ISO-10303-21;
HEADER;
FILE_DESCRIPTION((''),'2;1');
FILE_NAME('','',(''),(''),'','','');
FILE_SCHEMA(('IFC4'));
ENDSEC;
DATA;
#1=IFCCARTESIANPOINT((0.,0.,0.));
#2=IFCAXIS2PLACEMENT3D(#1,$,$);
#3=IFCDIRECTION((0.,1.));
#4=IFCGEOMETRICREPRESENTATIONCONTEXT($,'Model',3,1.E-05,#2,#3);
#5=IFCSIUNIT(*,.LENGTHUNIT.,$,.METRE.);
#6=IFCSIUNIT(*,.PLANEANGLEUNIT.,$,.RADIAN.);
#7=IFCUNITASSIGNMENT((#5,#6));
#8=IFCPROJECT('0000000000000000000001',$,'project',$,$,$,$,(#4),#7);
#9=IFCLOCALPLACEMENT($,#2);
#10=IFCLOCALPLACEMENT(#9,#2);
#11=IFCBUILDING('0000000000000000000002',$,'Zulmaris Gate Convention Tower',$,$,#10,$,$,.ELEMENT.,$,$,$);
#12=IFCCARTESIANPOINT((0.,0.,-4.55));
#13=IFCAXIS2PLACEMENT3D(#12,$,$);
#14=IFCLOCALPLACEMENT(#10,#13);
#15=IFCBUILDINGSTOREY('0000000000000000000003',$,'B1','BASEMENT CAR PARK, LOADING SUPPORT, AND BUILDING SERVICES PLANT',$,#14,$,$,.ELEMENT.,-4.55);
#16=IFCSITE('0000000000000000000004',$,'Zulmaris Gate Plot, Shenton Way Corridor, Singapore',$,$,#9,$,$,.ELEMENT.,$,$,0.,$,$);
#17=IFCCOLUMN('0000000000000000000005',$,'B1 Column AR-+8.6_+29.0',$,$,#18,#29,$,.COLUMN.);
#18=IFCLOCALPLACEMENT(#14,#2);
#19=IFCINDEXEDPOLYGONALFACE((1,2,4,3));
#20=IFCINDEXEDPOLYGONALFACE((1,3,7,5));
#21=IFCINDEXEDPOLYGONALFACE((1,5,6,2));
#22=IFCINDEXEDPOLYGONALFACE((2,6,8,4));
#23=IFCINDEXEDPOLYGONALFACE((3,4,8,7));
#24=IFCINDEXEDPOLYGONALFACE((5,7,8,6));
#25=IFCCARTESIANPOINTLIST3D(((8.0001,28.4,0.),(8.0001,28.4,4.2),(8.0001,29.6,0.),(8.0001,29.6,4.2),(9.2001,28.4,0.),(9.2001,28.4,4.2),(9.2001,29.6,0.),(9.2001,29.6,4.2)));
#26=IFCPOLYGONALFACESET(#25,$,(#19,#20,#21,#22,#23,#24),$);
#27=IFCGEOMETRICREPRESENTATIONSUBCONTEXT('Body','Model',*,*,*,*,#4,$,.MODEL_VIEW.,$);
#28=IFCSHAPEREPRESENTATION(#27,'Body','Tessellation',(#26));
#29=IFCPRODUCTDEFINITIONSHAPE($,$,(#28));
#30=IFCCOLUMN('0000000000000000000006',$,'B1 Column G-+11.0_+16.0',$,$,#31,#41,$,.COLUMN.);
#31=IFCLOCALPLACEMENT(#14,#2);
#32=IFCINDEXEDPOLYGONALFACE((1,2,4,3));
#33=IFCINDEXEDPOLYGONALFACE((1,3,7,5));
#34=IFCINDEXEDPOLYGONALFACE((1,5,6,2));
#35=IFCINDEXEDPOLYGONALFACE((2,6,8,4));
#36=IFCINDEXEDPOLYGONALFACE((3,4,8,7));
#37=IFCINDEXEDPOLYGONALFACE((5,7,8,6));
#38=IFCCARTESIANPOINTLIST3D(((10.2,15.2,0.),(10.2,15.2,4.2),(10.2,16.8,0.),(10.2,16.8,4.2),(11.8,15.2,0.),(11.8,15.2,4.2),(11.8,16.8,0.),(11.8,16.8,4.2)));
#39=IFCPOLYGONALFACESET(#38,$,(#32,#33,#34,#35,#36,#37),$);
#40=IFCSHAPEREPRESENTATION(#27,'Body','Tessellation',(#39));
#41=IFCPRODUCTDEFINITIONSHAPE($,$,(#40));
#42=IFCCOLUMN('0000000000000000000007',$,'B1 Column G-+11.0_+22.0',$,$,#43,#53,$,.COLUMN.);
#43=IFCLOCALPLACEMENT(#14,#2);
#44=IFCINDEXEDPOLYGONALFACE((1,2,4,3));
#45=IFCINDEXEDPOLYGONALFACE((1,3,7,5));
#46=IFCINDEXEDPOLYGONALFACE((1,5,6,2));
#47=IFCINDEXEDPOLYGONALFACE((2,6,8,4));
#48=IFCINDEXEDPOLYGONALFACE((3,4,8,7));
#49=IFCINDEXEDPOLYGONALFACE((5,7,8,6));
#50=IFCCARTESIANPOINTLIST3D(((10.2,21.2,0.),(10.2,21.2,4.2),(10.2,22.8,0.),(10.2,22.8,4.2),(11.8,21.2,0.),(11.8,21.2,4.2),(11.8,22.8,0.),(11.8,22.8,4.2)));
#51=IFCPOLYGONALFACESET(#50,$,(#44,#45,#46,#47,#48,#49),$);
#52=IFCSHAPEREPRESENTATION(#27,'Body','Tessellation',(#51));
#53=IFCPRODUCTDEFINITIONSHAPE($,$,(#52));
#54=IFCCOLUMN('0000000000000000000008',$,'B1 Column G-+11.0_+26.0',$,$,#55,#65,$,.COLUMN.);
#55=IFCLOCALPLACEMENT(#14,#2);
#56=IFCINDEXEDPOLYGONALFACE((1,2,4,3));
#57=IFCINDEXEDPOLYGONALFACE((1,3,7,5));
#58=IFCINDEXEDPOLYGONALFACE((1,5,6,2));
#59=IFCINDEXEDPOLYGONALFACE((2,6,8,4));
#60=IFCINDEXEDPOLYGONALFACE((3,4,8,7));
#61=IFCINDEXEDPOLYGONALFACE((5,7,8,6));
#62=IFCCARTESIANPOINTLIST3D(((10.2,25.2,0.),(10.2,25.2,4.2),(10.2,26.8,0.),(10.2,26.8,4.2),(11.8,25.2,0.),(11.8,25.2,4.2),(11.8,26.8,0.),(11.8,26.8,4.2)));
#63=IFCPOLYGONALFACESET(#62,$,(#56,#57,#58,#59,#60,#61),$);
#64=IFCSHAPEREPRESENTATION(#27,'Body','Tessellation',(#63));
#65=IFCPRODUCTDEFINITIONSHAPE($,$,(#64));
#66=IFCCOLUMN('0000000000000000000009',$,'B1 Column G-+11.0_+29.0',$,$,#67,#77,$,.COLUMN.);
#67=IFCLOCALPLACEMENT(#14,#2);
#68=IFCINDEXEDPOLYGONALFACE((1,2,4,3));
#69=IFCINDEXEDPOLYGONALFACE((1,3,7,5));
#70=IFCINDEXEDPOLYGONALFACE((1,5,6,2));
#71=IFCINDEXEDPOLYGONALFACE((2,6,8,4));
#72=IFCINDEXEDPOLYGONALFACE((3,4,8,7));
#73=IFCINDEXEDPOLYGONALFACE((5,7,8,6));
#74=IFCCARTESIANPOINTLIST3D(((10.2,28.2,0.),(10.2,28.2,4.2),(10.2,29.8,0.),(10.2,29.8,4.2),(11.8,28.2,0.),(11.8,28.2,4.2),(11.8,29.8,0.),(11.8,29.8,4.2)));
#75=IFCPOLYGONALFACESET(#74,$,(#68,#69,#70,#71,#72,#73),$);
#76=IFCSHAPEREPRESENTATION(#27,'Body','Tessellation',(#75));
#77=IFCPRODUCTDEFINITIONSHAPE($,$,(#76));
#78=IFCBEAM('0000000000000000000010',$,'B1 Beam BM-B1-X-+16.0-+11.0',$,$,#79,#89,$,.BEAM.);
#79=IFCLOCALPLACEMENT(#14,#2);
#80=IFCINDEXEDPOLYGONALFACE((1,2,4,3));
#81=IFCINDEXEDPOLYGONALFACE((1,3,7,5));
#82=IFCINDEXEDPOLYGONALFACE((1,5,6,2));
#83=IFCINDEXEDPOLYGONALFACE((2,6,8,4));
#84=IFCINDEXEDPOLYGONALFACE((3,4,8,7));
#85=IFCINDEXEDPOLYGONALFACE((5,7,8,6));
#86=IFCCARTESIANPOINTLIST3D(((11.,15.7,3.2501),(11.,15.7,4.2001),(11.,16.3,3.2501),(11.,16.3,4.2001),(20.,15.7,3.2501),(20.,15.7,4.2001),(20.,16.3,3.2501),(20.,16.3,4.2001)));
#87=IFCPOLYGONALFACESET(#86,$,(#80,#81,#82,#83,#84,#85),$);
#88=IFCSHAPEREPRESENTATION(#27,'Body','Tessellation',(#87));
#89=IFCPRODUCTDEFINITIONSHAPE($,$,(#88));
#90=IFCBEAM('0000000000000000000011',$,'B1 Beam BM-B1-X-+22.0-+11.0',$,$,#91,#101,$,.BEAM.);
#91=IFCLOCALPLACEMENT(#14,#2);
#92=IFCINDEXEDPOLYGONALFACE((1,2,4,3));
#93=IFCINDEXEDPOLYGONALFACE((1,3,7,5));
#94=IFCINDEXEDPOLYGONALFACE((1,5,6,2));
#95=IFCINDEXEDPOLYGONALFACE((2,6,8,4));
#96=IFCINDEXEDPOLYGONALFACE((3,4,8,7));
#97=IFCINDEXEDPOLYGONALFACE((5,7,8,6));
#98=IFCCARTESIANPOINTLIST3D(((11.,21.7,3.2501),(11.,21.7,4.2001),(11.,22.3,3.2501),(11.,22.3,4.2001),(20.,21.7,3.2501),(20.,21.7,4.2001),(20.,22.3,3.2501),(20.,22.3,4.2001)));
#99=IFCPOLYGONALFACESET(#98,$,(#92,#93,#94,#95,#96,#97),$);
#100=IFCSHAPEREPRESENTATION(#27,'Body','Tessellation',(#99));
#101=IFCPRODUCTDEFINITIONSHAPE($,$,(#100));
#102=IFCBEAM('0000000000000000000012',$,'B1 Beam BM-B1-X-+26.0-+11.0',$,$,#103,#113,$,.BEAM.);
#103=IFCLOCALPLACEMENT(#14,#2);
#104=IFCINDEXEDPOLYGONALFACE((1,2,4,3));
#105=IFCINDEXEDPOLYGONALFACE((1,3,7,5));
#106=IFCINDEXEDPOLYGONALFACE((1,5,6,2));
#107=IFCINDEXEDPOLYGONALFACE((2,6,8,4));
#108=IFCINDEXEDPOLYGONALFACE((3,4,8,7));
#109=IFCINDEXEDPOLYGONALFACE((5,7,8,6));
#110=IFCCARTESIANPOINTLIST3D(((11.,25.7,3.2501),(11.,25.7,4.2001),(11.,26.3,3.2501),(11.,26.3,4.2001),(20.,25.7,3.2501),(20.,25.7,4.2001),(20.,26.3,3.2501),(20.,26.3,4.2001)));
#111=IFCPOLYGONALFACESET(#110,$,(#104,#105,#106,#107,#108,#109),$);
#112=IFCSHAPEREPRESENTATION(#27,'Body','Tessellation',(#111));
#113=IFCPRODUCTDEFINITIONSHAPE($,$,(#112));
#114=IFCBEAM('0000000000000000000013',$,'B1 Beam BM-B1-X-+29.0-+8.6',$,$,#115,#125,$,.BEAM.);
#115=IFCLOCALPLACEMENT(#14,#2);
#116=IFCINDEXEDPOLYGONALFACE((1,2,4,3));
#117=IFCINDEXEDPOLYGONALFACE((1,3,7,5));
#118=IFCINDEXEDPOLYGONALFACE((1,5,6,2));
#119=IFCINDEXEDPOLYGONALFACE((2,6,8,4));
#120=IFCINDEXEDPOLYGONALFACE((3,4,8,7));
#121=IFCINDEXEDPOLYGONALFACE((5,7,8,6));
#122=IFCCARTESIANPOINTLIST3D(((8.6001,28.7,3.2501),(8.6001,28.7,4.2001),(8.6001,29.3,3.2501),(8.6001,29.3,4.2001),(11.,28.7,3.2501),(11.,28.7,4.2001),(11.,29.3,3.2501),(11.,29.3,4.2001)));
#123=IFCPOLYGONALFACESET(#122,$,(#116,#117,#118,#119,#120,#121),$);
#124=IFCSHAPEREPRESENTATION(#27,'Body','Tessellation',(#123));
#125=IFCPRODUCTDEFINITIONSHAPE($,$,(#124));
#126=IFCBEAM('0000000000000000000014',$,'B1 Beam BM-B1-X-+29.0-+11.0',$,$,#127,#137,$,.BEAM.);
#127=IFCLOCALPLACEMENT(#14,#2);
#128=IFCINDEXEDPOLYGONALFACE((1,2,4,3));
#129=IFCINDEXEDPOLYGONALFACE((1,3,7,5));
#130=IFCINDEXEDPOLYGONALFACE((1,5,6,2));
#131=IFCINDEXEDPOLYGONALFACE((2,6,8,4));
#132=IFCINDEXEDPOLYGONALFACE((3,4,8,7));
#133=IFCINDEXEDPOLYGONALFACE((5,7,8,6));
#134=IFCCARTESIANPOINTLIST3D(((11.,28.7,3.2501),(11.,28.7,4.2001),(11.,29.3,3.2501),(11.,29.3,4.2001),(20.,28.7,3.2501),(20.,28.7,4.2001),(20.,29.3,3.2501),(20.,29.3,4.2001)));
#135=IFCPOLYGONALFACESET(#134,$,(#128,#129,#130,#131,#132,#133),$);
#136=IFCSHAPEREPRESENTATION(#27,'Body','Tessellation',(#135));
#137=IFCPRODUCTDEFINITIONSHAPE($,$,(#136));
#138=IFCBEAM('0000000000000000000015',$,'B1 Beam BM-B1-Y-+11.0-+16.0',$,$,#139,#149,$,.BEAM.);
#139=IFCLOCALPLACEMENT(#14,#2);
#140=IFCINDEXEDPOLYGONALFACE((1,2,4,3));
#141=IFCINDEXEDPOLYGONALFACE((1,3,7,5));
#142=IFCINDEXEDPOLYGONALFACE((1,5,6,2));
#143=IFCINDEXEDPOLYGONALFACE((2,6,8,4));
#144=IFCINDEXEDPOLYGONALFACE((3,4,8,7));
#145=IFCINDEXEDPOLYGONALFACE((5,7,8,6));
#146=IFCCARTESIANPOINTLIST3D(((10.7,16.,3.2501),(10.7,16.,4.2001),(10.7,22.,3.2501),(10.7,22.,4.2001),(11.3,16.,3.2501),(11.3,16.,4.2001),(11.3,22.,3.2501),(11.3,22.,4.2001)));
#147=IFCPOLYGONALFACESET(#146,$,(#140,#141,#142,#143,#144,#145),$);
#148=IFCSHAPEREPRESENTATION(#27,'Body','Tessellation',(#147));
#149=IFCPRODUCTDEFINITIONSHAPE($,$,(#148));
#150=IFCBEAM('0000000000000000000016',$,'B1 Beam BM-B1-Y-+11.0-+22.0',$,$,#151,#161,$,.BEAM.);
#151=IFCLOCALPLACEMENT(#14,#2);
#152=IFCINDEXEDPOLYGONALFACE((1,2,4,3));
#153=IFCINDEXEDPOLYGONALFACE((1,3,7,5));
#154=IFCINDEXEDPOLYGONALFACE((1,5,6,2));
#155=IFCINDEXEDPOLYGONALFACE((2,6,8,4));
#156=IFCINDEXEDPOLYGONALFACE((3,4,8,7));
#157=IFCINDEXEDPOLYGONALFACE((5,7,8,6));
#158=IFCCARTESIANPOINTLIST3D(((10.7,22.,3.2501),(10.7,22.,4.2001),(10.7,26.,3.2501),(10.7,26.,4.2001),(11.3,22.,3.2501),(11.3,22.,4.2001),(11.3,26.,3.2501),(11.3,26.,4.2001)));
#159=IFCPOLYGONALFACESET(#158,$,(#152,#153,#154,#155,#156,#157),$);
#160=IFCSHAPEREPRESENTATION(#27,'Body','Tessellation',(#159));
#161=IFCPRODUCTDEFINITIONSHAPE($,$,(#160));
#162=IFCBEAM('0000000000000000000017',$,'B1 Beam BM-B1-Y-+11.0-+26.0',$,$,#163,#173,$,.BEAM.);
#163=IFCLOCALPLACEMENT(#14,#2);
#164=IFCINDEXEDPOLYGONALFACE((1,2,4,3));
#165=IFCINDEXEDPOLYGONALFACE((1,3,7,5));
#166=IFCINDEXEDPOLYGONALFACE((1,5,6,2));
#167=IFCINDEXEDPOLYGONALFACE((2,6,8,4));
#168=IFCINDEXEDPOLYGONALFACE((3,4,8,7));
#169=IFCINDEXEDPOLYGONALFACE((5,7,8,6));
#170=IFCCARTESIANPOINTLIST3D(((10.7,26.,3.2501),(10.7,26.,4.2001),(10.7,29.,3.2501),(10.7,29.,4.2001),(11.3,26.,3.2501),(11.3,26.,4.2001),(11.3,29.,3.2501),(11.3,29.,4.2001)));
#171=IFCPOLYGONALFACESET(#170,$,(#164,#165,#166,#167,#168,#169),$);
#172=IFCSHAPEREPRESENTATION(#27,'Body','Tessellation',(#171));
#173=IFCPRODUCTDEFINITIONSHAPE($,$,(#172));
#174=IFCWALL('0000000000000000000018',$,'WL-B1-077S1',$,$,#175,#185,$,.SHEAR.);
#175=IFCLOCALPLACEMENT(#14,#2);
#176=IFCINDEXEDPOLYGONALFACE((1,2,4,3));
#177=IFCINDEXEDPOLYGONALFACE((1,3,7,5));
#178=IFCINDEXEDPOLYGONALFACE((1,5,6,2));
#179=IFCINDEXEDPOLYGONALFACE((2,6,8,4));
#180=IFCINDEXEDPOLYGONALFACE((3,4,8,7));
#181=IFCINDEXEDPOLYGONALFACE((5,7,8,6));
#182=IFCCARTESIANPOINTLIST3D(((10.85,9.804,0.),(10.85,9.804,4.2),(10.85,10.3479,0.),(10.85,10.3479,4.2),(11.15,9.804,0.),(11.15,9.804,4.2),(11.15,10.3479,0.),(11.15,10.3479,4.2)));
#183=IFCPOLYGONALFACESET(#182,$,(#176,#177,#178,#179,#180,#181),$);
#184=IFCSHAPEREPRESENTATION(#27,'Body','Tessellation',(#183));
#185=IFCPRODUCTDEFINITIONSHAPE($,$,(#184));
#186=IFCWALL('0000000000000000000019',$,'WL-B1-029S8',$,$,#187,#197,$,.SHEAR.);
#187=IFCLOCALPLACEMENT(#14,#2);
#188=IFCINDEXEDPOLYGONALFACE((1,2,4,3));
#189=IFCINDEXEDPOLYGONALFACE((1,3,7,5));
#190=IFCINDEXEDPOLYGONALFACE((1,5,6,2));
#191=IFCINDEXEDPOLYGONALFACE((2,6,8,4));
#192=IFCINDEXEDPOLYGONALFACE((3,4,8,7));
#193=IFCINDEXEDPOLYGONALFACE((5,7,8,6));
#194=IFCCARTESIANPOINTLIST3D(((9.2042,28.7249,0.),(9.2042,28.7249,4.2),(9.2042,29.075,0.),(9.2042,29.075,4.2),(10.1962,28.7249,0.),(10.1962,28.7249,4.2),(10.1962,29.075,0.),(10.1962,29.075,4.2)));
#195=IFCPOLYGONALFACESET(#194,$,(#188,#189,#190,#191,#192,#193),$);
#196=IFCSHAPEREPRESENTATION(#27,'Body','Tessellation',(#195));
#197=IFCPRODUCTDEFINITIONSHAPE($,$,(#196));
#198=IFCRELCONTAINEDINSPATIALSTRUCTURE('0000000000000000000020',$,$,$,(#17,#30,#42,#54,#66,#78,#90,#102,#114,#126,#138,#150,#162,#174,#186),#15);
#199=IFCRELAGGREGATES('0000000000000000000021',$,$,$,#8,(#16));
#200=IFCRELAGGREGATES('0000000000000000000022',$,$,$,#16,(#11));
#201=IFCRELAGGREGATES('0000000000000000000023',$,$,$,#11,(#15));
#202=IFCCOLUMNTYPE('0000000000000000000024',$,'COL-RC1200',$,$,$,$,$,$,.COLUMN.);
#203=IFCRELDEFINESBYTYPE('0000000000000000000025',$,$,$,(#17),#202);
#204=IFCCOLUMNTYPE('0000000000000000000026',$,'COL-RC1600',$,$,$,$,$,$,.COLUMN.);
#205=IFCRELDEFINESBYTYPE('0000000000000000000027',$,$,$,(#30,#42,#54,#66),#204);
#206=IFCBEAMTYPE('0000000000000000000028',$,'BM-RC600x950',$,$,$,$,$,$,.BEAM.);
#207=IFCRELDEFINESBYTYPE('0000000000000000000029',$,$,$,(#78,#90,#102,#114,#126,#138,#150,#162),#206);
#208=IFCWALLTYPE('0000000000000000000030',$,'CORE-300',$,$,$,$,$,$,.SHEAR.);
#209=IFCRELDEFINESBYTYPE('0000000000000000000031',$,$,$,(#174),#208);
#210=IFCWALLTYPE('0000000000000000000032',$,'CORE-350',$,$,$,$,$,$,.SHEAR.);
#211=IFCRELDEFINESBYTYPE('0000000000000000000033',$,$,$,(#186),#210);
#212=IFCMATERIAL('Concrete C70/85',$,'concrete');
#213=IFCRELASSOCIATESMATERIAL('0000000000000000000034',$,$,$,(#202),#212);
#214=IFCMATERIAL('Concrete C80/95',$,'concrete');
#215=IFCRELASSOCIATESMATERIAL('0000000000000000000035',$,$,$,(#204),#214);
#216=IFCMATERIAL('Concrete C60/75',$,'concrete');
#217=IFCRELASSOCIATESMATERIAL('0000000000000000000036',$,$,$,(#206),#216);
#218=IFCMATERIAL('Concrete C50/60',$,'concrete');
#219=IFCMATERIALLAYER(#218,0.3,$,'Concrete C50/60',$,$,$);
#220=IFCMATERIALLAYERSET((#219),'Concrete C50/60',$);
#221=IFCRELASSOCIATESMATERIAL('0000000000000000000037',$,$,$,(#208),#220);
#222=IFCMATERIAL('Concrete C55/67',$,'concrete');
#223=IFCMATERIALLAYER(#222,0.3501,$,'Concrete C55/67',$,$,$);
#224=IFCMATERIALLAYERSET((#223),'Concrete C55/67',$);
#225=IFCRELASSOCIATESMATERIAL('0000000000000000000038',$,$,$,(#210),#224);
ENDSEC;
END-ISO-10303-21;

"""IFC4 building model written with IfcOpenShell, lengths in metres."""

from ifc_helpers import new_model, si_unit, direction, frame, frame_2d, origin, origin_2d, place, context, subcontext, project, spatial, rectangle, extrude, material, layer, layer_set, material_profile, profile_set, type_object, element, save


model = new_model("IFC4")

# Units and contexts
model_context = context("Model", 3, precision=1e-05, world=origin(), true_north=direction((0.0, 1.0)))
body_context = subcontext(model_context, "Body", "Model", "MODEL_VIEW")
ifc_project = project(units=[si_unit("LENGTHUNIT", "METRE"), si_unit("PLANEANGLEUNIT", "RADIAN")], contexts=[model_context])

# Site, building, storey
site_placement = place(None, origin())
site = spatial("IfcSite", under=ifc_project, at=site_placement, Name="Zulmaris Gate Plot, Shenton Way Corridor, Singapore", CompositionType="ELEMENT", RefElevation=0.0)
building_placement = place(site_placement, origin())
building = spatial("IfcBuilding", under=site, at=building_placement, Name="Zulmaris Gate Convention Tower", CompositionType="ELEMENT")
storey_placement = place(building_placement, frame((0.0, 0.0, -4.55)))
storey = spatial("IfcBuildingStorey", under=building, at=storey_placement, Name="B1", Description="BASEMENT CAR PARK, LOADING SUPPORT, AND BUILDING SERVICES PLANT", CompositionType="ELEMENT", Elevation=-4.55)

# Columns
ifc_material_1 = material(Name="Concrete C70/85", Category="concrete")
ifc_material_profile_1 = material_profile(ifc_material_1, rectangle(XDim=1.2, YDim=1.2, at=origin_2d()), Name="RC COL 1200x1200")
ifc_profile_set_1 = profile_set([ifc_material_profile_1], Name="Concrete C70/85")
column_type_1 = type_object("IfcColumnType", Name="COL-RC1200", PredefinedType="COLUMN", material=ifc_profile_set_1)
column_placement = place(storey_placement, frame((8.6001, 29.0, 0.0), z_axis=(0.0, 0.0, 1.0), x_axis=(1.0, 0.0, 0.0)))
element("IfcColumn", 1, at=column_placement, inside=storey, type_object=column_type_1, Name="B1 Column AR-+8.6_+29.0", PredefinedType="COLUMN", context=body_context, shape_type="SweptSolid", body=[
    extrude(rectangle(XDim=1.2, YDim=1.2, at=origin_2d()), origin(), (0.0, 0.0, 1.0), 4.2),
])
ifc_material_2 = material(Name="Concrete C80/95", Category="concrete")
ifc_material_profile_2 = material_profile(ifc_material_2, rectangle(XDim=1.6001, YDim=1.6001, at=origin_2d()), Name="RC COL 1600x1600")
ifc_profile_set_2 = profile_set([ifc_material_profile_2], Name="Concrete C80/95")
column_type_2 = type_object("IfcColumnType", Name="COL-RC1600", PredefinedType="COLUMN", material=ifc_profile_set_2)
for number, where, z_axis, x_axis, name in (
    (2, (11.0, 16.0, 0.0), (0.0, 0.0, 1.0), (1.0, 0.0, 0.0), "B1 Column G-+11.0_+16.0"),
    (3, (11.0, 22.0, 0.0), (0.0, 0.0, 1.0), (1.0, 0.0, 0.0), "B1 Column G-+11.0_+22.0"),
    (4, (11.0, 26.0, 0.0), (0.0, 0.0, 1.0), (1.0, 0.0, 0.0), "B1 Column G-+11.0_+26.0"),
    (5, (11.0, 29.0, 0.0), (0.0, 0.0, 1.0), (1.0, 0.0, 0.0), "B1 Column G-+11.0_+29.0"),
):
    element("IfcColumn", number, at=place(storey_placement, frame(where, z_axis=z_axis, x_axis=x_axis)), inside=storey, type_object=column_type_2, Name=name, PredefinedType="COLUMN", context=body_context, shape_type="SweptSolid", body=[
        extrude(rectangle(XDim=1.6001, YDim=1.6001, at=origin_2d()), origin(), (0.0, 0.0, 1.0), 4.2),
    ])

# Beams
ifc_material_3 = material(Name="Concrete C60/75", Category="concrete")
ifc_material_profile_3 = material_profile(ifc_material_3, rectangle(XDim=0.6001, YDim=0.95, at=origin_2d()), Name="RC BEAM 600x950")
ifc_profile_set_3 = profile_set([ifc_material_profile_3], Name="Concrete C60/75")
beam_type = type_object("IfcBeamType", Name="BM-RC600x950", PredefinedType="BEAM", material=ifc_profile_set_3)
for number, where, z_axis, x_axis, name in (
    (6, (11.0, 16.0, 3.7251), (1.0, 0.0, 0.0), (0.0, 1.0, 0.0), "B1 Beam BM-B1-X-+16.0-+11.0"),
    (7, (11.0, 22.0, 3.7251), (1.0, 0.0, 0.0), (0.0, 1.0, 0.0), "B1 Beam BM-B1-X-+22.0-+11.0"),
    (8, (11.0, 26.0, 3.7251), (1.0, 0.0, 0.0), (0.0, 1.0, 0.0), "B1 Beam BM-B1-X-+26.0-+11.0"),
):
    element("IfcBeam", number, at=place(storey_placement, frame(where, z_axis=z_axis, x_axis=x_axis)), inside=storey, type_object=beam_type, Name=name, PredefinedType="BEAM", context=body_context, shape_type="SweptSolid", body=[
        extrude(rectangle(XDim=0.6001, YDim=0.95, at=origin_2d()), origin(), (0.0, 0.0, 1.0), 9.0),
    ])
beam_1_placement = place(storey_placement, frame((8.6001, 29.0, 3.7251), z_axis=(1.0, 0.0, 0.0), x_axis=(0.0, 1.0, 0.0)))
element("IfcBeam", 9, at=beam_1_placement, inside=storey, type_object=beam_type, Name="B1 Beam BM-B1-X-+29.0-+8.6", PredefinedType="BEAM", context=body_context, shape_type="SweptSolid", body=[
    extrude(rectangle(XDim=0.6001, YDim=0.95, at=origin_2d()), origin(), (0.0, 0.0, 1.0), 2.3999),
])
beam_2_placement = place(storey_placement, frame((11.0, 29.0, 3.7251), z_axis=(1.0, 0.0, 0.0), x_axis=(0.0, 1.0, 0.0)))
element("IfcBeam", 10, at=beam_2_placement, inside=storey, type_object=beam_type, Name="B1 Beam BM-B1-X-+29.0-+11.0", PredefinedType="BEAM", context=body_context, shape_type="SweptSolid", body=[
    extrude(rectangle(XDim=0.6001, YDim=0.95, at=origin_2d()), origin(), (0.0, 0.0, 1.0), 9.0),
])
beam_3_placement = place(storey_placement, frame((11.0, 16.0, 3.7251), z_axis=(0.0, 1.0, 0.0), x_axis=(-1.0, 0.0, 0.0)))
element("IfcBeam", 11, at=beam_3_placement, inside=storey, type_object=beam_type, Name="B1 Beam BM-B1-Y-+11.0-+16.0", PredefinedType="BEAM", context=body_context, shape_type="SweptSolid", body=[
    extrude(rectangle(XDim=0.6001, YDim=0.95, at=origin_2d()), origin(), (0.0, 0.0, 1.0), 6.0),
])
beam_4_placement = place(storey_placement, frame((11.0, 22.0, 3.7251), z_axis=(0.0, 1.0, 0.0), x_axis=(-1.0, 0.0, 0.0)))
element("IfcBeam", 12, at=beam_4_placement, inside=storey, type_object=beam_type, Name="B1 Beam BM-B1-Y-+11.0-+22.0", PredefinedType="BEAM", context=body_context, shape_type="SweptSolid", body=[
    extrude(rectangle(XDim=0.6001, YDim=0.95, at=origin_2d()), origin(), (0.0, 0.0, 1.0), 4.0),
])
beam_5_placement = place(storey_placement, frame((11.0, 26.0, 3.7251), z_axis=(0.0, 1.0, 0.0), x_axis=(-1.0, 0.0, 0.0)))
element("IfcBeam", 13, at=beam_5_placement, inside=storey, type_object=beam_type, Name="B1 Beam BM-B1-Y-+11.0-+26.0", PredefinedType="BEAM", context=body_context, shape_type="SweptSolid", body=[
    extrude(rectangle(XDim=0.6001, YDim=0.95, at=origin_2d()), origin(), (0.0, 0.0, 1.0), 3.0),
])

# Shared definitions
ifc_material_4 = material(Name="Concrete C50/60", Category="concrete")
ifc_layer_1 = layer(ifc_material_4, 0.3, Name="Concrete C50/60")
ifc_layer_set_1 = layer_set([ifc_layer_1], Name="Concrete C50/60")
wall_type_1 = type_object("IfcWallType", Name="CORE-300", PredefinedType="SHEAR", material=ifc_layer_set_1)

# Wall
wall_1_placement = place(storey_placement, frame((11.0, 9.804, 0.0), z_axis=(0.0, 0.0, 1.0), x_axis=(0.0, 1.0, 0.0)))
element("IfcWall", 14, at=wall_1_placement, inside=storey, type_object=wall_type_1, Name="WL-B1-077S1", PredefinedType="SHEAR", context=body_context, shape_type="SweptSolid", body=[
    extrude(rectangle(XDim=0.5439, YDim=0.3, at=frame_2d((0.272, 0.0))), origin(), (0.0, 0.0, 1.0), 4.2),
])

# Shared definitions
ifc_material_5 = material(Name="Concrete C55/67", Category="concrete")
ifc_layer_2 = layer(ifc_material_5, 0.3501, Name="Concrete C55/67")
ifc_layer_set_2 = layer_set([ifc_layer_2], Name="Concrete C55/67")
wall_type_2 = type_object("IfcWallType", Name="CORE-350", PredefinedType="SHEAR", material=ifc_layer_set_2)

# Wall
wall_2_placement = place(storey_placement, frame((9.2041, 28.8999, 0.0), z_axis=(0.0, 0.0, 1.0), x_axis=(1.0, 0.0, 0.0)))
element("IfcWall", 15, at=wall_2_placement, inside=storey, type_object=wall_type_2, Name="WL-B1-029S8", PredefinedType="SHEAR", context=body_context, shape_type="SweptSolid", body=[
    extrude(rectangle(XDim=0.9919, YDim=0.3501, at=frame_2d((0.4961, 0.0))), origin(), (0.0, 0.0, 1.0), 4.2),
])

save(model, "model.ifc")
